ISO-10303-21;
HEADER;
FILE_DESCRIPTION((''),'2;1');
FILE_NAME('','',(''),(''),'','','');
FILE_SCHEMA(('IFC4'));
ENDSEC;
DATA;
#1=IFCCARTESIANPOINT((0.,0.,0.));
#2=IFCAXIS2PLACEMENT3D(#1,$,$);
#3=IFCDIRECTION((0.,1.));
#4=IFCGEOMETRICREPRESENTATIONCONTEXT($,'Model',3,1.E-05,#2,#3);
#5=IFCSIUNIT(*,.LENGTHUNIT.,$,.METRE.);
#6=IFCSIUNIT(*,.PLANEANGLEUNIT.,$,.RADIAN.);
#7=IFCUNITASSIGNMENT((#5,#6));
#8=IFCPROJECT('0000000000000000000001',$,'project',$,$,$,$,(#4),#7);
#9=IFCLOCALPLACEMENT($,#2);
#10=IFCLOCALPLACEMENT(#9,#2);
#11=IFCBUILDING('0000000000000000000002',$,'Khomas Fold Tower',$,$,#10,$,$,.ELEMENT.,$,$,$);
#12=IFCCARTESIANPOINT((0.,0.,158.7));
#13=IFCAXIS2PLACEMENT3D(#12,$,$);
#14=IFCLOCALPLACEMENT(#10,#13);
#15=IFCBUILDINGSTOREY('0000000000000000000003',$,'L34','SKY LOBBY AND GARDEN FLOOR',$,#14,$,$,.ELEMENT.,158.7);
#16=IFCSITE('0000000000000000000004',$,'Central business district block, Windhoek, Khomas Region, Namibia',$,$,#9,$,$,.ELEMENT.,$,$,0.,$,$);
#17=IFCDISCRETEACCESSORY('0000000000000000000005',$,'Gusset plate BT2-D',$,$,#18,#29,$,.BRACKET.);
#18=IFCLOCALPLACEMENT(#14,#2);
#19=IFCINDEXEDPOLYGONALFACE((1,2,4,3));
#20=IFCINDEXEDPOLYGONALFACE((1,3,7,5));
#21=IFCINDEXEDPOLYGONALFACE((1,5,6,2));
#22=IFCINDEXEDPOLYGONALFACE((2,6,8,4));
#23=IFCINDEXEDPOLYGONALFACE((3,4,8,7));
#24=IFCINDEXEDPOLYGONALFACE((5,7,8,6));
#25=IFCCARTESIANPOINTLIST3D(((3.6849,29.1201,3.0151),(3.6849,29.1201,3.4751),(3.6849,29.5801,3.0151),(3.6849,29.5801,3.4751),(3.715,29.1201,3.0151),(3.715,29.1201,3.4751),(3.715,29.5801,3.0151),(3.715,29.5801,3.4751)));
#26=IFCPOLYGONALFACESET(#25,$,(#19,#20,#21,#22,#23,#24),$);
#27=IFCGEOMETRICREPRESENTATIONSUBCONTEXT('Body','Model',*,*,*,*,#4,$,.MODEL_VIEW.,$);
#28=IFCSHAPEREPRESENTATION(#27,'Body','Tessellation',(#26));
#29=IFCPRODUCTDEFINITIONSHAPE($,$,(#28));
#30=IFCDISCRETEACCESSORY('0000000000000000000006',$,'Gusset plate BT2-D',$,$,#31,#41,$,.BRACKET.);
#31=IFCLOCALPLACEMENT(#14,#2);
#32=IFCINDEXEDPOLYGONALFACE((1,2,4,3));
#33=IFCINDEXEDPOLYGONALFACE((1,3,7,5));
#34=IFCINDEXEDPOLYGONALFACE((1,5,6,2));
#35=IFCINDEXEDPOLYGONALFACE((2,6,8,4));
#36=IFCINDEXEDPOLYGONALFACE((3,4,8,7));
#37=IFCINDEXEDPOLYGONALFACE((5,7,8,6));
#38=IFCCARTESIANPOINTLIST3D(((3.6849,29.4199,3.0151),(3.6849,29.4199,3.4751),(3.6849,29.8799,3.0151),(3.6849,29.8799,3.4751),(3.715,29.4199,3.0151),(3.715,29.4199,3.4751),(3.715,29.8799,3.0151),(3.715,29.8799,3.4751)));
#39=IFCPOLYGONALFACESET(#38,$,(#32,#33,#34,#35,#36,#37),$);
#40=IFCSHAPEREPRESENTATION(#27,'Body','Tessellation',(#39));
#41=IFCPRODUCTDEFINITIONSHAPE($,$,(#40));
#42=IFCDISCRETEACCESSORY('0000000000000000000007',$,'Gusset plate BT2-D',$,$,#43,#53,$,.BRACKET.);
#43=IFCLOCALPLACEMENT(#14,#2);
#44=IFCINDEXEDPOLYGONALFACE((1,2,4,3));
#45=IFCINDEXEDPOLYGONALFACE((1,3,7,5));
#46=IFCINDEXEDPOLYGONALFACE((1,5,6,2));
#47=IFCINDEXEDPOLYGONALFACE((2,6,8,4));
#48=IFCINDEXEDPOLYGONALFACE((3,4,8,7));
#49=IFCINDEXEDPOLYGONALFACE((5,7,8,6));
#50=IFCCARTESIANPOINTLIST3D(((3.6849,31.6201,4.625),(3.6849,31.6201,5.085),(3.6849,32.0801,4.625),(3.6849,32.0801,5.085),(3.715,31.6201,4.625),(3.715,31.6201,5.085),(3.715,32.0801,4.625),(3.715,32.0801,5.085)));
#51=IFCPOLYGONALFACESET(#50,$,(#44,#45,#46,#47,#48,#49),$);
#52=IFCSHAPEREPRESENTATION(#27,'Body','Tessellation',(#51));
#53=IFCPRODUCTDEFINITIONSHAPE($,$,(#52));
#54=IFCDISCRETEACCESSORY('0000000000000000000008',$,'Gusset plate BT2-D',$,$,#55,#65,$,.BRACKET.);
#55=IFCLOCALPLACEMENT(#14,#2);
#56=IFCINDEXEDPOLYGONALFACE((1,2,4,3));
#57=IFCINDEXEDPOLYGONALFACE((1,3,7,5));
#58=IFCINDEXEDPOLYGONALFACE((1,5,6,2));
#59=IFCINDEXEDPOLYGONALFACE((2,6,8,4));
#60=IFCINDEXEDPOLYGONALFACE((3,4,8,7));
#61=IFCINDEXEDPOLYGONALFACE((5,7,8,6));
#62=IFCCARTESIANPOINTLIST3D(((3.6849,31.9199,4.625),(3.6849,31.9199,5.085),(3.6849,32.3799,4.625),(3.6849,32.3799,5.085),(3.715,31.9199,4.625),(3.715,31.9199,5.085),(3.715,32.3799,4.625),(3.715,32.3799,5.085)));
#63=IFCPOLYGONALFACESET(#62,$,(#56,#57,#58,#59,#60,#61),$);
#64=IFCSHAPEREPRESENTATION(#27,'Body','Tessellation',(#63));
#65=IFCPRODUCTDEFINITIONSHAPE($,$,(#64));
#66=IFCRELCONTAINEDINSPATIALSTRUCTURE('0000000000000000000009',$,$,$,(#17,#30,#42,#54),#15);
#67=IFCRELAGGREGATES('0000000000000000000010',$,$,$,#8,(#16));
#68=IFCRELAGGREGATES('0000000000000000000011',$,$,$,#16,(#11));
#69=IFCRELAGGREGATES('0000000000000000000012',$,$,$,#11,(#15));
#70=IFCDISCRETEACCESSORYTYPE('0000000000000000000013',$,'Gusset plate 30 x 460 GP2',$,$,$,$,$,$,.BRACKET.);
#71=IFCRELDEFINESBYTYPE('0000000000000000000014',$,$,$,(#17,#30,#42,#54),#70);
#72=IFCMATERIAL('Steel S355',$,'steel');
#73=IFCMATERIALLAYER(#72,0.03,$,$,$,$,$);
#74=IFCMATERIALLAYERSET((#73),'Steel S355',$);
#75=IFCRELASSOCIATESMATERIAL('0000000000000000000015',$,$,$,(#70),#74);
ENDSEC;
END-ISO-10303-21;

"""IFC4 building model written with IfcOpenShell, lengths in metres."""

from ifc_helpers import new_model, si_unit, direction, frame, origin, origin_2d, place, context, subcontext, project, spatial, rectangle, extrude, source, transform, mapped, material, layer, layer_set, type_object, element, save


model = new_model("IFC4")

# Units and contexts
model_context = context("Model", 3, precision=1e-05, world=origin(), true_north=direction((0.0, 1.0)))
body_context = subcontext(model_context, "Body", "Model", "MODEL_VIEW")
ifc_project = project(units=[si_unit("LENGTHUNIT", "METRE"), si_unit("PLANEANGLEUNIT", "RADIAN")], contexts=[model_context])

# Site, building, storey
site_placement = place(None, origin())
site = spatial("IfcSite", under=ifc_project, at=site_placement, Name="Central business district block, Windhoek, Khomas Region, Namibia", CompositionType="ELEMENT", RefElevation=0.0)
building_placement = place(site_placement, origin())
building = spatial("IfcBuilding", under=site, at=building_placement, Name="Khomas Fold Tower", CompositionType="ELEMENT")
storey_placement = place(building_placement, frame((0.0, 0.0, 158.7)))
storey = spatial("IfcBuildingStorey", under=building, at=storey_placement, Name="L34", Description="SKY LOBBY AND GARDEN FLOOR", CompositionType="ELEMENT", Elevation=158.7)

# Discrete accessories
ifc_material_1 = material(Name="Steel S355", Category="steel")
ifc_layer_1 = layer(ifc_material_1, 0.03)
ifc_layer_set_1 = layer_set([ifc_layer_1], Name="Steel S355")
discrete_accessory_type = type_object("IfcDiscreteAccessoryType", Name="Gusset plate 30 x 460 GP2", PredefinedType="BRACKET", material=ifc_layer_set_1)
shared_shape_1 = source(origin(), body_context, "Body", "SweptSolid", [
    extrude(rectangle(XDim=0.46, YDim=0.03, at=origin_2d()), origin(), (0.0, 0.0, 1.0), 0.46),
])
for number, where, z_axis, x_axis, name in (
    (1, (3.7, 29.3501, 3.0151), (0.0, 0.0, 1.0), (0.0, 1.0, 0.0), "Gusset plate BT2-D"),
    (2, (3.7, 29.6499, 3.0151), (0.0, 0.0, 1.0), (0.0, 1.0, 0.0), "Gusset plate BT2-D"),
    (3, (3.7, 31.8501, 4.625), (0.0, 0.0, 1.0), (0.0, 1.0, 0.0), "Gusset plate BT2-D"),
    (4, (3.7, 32.1499, 4.625), (0.0, 0.0, 1.0), (0.0, 1.0, 0.0), "Gusset plate BT2-D"),
):
    element("IfcDiscreteAccessory", number, at=place(storey_placement, frame(where, z_axis=z_axis, x_axis=x_axis)), inside=storey, type_object=discrete_accessory_type, Name=name, PredefinedType="BRACKET", context=body_context, shape_type="MappedRepresentation", body=[
        mapped(shared_shape_1, transform((0.0, 0.0, 0.0))),
    ])

save(model, "model.ifc")
